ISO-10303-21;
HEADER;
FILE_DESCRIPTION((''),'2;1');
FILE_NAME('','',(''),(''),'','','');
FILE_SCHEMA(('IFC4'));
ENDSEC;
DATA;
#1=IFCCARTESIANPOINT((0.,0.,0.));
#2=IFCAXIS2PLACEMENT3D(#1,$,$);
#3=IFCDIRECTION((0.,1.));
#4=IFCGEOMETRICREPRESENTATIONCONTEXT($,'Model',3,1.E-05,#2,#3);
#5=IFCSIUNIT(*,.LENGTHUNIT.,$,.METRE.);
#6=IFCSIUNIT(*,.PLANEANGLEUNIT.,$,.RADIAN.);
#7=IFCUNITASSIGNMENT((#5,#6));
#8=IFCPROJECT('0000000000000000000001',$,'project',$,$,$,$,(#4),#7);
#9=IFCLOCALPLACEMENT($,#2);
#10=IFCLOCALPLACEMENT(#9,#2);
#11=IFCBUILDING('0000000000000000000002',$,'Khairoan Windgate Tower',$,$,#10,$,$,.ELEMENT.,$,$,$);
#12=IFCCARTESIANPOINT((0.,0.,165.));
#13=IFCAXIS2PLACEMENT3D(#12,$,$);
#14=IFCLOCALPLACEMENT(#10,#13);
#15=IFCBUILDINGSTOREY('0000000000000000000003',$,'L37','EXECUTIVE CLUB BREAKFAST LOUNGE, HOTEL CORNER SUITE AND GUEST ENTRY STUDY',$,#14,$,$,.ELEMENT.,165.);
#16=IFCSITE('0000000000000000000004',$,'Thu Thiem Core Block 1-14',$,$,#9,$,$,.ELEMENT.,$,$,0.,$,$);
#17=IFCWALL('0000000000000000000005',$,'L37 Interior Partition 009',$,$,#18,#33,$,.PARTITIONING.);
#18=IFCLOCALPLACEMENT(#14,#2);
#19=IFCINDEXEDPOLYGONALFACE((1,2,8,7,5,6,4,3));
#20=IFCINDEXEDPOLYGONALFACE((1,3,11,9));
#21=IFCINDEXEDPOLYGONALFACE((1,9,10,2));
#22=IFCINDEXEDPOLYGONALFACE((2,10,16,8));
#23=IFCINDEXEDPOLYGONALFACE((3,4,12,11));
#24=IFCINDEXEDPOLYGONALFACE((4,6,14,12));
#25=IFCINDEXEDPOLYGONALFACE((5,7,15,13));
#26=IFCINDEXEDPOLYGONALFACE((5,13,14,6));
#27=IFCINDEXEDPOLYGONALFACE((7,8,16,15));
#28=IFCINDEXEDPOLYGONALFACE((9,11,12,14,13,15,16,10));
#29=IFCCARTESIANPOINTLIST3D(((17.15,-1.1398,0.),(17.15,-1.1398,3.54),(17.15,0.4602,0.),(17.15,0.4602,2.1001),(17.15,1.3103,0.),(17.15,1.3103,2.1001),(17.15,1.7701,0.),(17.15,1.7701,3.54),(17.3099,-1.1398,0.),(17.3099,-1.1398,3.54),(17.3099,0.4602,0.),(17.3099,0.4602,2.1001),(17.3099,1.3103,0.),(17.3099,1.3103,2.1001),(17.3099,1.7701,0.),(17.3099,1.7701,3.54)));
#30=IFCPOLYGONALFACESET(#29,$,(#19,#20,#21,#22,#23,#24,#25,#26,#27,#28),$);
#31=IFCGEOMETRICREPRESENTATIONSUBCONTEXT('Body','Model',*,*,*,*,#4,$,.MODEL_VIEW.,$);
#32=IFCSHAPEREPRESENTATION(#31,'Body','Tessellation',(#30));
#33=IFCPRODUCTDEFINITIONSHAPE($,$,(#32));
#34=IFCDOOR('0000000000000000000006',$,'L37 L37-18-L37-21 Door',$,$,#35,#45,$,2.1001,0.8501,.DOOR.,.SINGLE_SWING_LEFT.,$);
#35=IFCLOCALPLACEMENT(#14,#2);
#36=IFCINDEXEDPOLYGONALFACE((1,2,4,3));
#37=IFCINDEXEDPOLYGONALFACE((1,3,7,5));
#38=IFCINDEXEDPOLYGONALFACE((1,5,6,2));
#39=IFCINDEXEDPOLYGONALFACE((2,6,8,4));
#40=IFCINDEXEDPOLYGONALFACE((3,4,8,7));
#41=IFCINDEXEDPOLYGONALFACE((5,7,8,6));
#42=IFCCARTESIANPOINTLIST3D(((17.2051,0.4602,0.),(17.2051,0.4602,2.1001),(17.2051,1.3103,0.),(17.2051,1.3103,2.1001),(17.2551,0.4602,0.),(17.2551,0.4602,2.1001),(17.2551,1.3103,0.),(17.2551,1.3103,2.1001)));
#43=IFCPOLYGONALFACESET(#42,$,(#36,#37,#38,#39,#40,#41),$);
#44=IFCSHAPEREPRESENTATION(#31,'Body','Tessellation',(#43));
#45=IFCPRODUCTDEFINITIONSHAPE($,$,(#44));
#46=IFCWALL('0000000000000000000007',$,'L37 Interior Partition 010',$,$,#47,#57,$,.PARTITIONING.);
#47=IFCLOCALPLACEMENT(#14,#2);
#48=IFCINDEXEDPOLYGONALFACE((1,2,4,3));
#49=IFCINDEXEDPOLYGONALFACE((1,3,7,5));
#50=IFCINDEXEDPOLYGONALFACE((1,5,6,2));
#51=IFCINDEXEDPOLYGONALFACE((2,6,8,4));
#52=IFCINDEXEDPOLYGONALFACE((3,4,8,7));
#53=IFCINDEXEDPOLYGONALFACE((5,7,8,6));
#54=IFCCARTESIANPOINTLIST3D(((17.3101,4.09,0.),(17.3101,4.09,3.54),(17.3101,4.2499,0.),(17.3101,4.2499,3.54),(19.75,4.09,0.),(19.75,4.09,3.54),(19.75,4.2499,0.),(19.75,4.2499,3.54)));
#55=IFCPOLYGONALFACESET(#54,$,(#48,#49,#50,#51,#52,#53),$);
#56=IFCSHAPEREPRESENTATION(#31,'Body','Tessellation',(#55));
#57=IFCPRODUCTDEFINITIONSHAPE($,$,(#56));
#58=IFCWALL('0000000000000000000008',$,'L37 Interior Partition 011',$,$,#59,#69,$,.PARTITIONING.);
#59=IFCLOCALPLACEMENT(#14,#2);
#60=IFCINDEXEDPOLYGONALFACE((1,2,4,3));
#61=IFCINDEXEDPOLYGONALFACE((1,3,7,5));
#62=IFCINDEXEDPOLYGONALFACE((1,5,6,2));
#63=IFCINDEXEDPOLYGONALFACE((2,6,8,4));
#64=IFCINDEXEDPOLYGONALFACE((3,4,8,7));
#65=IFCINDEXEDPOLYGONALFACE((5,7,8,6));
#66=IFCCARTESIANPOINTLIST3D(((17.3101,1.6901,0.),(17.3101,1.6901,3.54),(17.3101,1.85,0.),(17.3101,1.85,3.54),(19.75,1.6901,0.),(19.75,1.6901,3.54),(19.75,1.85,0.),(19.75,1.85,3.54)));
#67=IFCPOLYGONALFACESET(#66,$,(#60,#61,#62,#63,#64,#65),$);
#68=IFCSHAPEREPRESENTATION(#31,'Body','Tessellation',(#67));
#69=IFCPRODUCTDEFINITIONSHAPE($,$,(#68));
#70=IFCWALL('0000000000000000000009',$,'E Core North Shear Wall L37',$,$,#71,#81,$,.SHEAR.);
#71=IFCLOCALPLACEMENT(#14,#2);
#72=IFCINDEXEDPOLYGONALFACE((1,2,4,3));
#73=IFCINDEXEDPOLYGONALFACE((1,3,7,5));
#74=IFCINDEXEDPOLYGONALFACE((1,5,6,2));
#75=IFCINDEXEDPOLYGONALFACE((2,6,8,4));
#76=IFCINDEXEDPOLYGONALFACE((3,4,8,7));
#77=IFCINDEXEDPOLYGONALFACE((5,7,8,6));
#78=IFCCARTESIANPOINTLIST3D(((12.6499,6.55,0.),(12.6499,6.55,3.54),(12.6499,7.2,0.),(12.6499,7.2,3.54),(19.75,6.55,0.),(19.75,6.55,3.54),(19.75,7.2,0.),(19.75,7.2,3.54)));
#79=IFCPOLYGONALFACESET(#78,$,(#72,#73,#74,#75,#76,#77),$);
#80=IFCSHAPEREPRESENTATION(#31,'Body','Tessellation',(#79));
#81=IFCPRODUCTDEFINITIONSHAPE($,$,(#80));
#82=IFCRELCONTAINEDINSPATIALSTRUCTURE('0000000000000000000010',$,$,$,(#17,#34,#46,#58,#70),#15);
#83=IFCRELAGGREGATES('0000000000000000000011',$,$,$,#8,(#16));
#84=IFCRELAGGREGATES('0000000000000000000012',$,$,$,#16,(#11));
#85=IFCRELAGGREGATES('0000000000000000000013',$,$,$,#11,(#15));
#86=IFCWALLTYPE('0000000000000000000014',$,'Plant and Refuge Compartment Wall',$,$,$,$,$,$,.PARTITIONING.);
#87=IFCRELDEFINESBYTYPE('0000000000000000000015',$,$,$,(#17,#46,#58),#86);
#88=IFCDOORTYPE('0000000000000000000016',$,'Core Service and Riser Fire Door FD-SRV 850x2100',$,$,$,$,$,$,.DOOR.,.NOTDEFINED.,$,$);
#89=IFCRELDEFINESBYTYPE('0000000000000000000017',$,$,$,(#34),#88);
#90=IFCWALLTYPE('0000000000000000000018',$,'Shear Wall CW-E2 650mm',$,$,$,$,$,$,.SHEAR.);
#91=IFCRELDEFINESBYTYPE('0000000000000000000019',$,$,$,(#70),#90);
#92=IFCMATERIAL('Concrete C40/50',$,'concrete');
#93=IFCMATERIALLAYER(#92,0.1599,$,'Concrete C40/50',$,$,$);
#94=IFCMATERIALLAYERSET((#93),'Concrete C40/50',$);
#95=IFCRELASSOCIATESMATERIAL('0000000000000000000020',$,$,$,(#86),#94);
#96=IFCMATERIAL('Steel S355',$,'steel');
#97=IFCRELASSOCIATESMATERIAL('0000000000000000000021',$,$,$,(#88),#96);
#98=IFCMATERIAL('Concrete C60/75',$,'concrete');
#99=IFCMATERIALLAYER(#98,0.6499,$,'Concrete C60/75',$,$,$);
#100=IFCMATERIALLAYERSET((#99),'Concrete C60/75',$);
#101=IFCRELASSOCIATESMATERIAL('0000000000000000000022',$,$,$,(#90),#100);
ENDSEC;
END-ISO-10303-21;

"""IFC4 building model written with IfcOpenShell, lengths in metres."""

from ifc_helpers import new_model, si_unit, direction, frame, frame_2d, origin, place, context, subcontext, project, spatial, rectangle, extrude, material, layer, layer_set, type_object, element, fill, save


model = new_model("IFC4")

# Units and contexts
model_context = context("Model", 3, precision=1e-05, world=origin(), true_north=direction((0.0, 1.0)))
body_context = subcontext(model_context, "Body", "Model", "MODEL_VIEW")
ifc_project = project(units=[si_unit("LENGTHUNIT", "METRE"), si_unit("PLANEANGLEUNIT", "RADIAN")], contexts=[model_context])

# Site, building, storey
site_placement = place(None, origin())
site = spatial("IfcSite", under=ifc_project, at=site_placement, Name="Thu Thiem Core Block 1-14", CompositionType="ELEMENT", RefElevation=0.0)
building_placement = place(site_placement, origin())
building = spatial("IfcBuilding", under=site, at=building_placement, Name="Khairoan Windgate Tower", CompositionType="ELEMENT")
storey_placement = place(building_placement, frame((0.0, 0.0, 165.0)))
storey = spatial("IfcBuildingStorey", under=building, at=storey_placement, Name="L37", Description="EXECUTIVE CLUB BREAKFAST LOUNGE, HOTEL CORNER SUITE AND GUEST ENTRY STUDY", CompositionType="ELEMENT", Elevation=165.0)

# Wall, opening, door
ifc_material_1 = material(Name="Concrete C40/50", Category="concrete")
ifc_layer_1 = layer(ifc_material_1, 0.1599, Name="Concrete C40/50")
ifc_layer_set_1 = layer_set([ifc_layer_1], Name="Concrete C40/50")
wall_type_1 = type_object("IfcWallType", Name="Plant and Refuge Compartment Wall", PredefinedType="PARTITIONING", material=ifc_layer_set_1)
ifc_material_2 = material(Name="Steel S355", Category="steel")
door_type = type_object("IfcDoorType", Name="Core Service and Riser Fire Door FD-SRV 850x2100", OperationType="NOTDEFINED", PredefinedType="DOOR", material=ifc_material_2)
wall_1_placement = place(storey_placement, frame((17.23, -1.1399, 0.0), z_axis=(0.0, 0.0, 1.0), x_axis=(0.0, 1.0, 0.0)))
wall_1 = element("IfcWall", 1, at=wall_1_placement, inside=storey, type_object=wall_type_1, Name="L37 Interior Partition 009", PredefinedType="PARTITIONING", context=body_context, shape_type="SweptSolid", body=[
    extrude(rectangle(XDim=2.9099, YDim=0.1599, at=frame_2d((1.4551, 0.0))), origin(), (0.0, 0.0, 1.0), 3.54),
])
opening_1_placement = place(wall_1_placement, frame((1.6001, 0.0, 0.0)))
opening_1 = element("IfcOpeningElement", 2, at=opening_1_placement, cuts=wall_1, PredefinedType="OPENING", context=body_context, shape_type="SweptSolid", body=[
    extrude(rectangle(XDim=0.8501, YDim=2.1001, at=frame_2d((0.425, 1.05))), frame((0.0, 0.0898, 0.0), z_axis=(0.0, -1.0, 0.0), x_axis=(1.0, 0.0, 0.0)), (0.0, 0.0, 1.0), 0.1799),
])
door_1_placement = place(opening_1_placement, origin())
door_1 = element("IfcDoor", 3, at=door_1_placement, inside=storey, type_object=door_type, Name="L37 L37-18-L37-21 Door", OperationType="SINGLE_SWING_LEFT", OverallHeight=2.1001, OverallWidth=0.8501, PredefinedType="DOOR", context=body_context, shape_type="SweptSolid", body=[
    extrude(rectangle(XDim=0.8501, YDim=2.1001, at=frame_2d((0.425, 1.05))), frame((0.0, 0.0249, 0.0), z_axis=(0.0, -1.0, 0.0), x_axis=(1.0, 0.0, 0.0)), (0.0, 0.0, 1.0), 0.05),
])
fill(opening_1, door_1)

# Walls
for number, where, z_axis, x_axis, name in (
    (4, (17.3101, 4.1699, 0.0), (0.0, 0.0, 1.0), (1.0, 0.0, 0.0), "L37 Interior Partition 010"),
    (5, (17.3101, 1.77, 0.0), (0.0, 0.0, 1.0), (1.0, 0.0, 0.0), "L37 Interior Partition 011"),
):
    element("IfcWall", number, at=place(storey_placement, frame(where, z_axis=z_axis, x_axis=x_axis)), inside=storey, type_object=wall_type_1, Name=name, PredefinedType="PARTITIONING", context=body_context, shape_type="SweptSolid", body=[
        extrude(rectangle(XDim=2.4399, YDim=0.1599, at=frame_2d((1.22, 0.0))), origin(), (0.0, 0.0, 1.0), 3.54),
    ])
ifc_material_3 = material(Name="Concrete C60/75", Category="concrete")
ifc_layer_2 = layer(ifc_material_3, 0.6499, Name="Concrete C60/75")
ifc_layer_set_2 = layer_set([ifc_layer_2], Name="Concrete C60/75")
wall_type_2 = type_object("IfcWallType", Name="Shear Wall CW-E2 650mm", PredefinedType="SHEAR", material=ifc_layer_set_2)
wall_2_placement = place(storey_placement, frame((12.6499, 6.875, 0.0), z_axis=(0.0, 0.0, 1.0), x_axis=(1.0, 0.0, 0.0)))
element("IfcWall", 6, at=wall_2_placement, inside=storey, type_object=wall_type_2, Name="E Core North Shear Wall L37", PredefinedType="SHEAR", context=body_context, shape_type="SweptSolid", body=[
    extrude(rectangle(XDim=7.1001, YDim=0.6499, at=frame_2d((3.55, 0.0))), origin(), (0.0, 0.0, 1.0), 3.54),
])

save(model, "model.ifc")
